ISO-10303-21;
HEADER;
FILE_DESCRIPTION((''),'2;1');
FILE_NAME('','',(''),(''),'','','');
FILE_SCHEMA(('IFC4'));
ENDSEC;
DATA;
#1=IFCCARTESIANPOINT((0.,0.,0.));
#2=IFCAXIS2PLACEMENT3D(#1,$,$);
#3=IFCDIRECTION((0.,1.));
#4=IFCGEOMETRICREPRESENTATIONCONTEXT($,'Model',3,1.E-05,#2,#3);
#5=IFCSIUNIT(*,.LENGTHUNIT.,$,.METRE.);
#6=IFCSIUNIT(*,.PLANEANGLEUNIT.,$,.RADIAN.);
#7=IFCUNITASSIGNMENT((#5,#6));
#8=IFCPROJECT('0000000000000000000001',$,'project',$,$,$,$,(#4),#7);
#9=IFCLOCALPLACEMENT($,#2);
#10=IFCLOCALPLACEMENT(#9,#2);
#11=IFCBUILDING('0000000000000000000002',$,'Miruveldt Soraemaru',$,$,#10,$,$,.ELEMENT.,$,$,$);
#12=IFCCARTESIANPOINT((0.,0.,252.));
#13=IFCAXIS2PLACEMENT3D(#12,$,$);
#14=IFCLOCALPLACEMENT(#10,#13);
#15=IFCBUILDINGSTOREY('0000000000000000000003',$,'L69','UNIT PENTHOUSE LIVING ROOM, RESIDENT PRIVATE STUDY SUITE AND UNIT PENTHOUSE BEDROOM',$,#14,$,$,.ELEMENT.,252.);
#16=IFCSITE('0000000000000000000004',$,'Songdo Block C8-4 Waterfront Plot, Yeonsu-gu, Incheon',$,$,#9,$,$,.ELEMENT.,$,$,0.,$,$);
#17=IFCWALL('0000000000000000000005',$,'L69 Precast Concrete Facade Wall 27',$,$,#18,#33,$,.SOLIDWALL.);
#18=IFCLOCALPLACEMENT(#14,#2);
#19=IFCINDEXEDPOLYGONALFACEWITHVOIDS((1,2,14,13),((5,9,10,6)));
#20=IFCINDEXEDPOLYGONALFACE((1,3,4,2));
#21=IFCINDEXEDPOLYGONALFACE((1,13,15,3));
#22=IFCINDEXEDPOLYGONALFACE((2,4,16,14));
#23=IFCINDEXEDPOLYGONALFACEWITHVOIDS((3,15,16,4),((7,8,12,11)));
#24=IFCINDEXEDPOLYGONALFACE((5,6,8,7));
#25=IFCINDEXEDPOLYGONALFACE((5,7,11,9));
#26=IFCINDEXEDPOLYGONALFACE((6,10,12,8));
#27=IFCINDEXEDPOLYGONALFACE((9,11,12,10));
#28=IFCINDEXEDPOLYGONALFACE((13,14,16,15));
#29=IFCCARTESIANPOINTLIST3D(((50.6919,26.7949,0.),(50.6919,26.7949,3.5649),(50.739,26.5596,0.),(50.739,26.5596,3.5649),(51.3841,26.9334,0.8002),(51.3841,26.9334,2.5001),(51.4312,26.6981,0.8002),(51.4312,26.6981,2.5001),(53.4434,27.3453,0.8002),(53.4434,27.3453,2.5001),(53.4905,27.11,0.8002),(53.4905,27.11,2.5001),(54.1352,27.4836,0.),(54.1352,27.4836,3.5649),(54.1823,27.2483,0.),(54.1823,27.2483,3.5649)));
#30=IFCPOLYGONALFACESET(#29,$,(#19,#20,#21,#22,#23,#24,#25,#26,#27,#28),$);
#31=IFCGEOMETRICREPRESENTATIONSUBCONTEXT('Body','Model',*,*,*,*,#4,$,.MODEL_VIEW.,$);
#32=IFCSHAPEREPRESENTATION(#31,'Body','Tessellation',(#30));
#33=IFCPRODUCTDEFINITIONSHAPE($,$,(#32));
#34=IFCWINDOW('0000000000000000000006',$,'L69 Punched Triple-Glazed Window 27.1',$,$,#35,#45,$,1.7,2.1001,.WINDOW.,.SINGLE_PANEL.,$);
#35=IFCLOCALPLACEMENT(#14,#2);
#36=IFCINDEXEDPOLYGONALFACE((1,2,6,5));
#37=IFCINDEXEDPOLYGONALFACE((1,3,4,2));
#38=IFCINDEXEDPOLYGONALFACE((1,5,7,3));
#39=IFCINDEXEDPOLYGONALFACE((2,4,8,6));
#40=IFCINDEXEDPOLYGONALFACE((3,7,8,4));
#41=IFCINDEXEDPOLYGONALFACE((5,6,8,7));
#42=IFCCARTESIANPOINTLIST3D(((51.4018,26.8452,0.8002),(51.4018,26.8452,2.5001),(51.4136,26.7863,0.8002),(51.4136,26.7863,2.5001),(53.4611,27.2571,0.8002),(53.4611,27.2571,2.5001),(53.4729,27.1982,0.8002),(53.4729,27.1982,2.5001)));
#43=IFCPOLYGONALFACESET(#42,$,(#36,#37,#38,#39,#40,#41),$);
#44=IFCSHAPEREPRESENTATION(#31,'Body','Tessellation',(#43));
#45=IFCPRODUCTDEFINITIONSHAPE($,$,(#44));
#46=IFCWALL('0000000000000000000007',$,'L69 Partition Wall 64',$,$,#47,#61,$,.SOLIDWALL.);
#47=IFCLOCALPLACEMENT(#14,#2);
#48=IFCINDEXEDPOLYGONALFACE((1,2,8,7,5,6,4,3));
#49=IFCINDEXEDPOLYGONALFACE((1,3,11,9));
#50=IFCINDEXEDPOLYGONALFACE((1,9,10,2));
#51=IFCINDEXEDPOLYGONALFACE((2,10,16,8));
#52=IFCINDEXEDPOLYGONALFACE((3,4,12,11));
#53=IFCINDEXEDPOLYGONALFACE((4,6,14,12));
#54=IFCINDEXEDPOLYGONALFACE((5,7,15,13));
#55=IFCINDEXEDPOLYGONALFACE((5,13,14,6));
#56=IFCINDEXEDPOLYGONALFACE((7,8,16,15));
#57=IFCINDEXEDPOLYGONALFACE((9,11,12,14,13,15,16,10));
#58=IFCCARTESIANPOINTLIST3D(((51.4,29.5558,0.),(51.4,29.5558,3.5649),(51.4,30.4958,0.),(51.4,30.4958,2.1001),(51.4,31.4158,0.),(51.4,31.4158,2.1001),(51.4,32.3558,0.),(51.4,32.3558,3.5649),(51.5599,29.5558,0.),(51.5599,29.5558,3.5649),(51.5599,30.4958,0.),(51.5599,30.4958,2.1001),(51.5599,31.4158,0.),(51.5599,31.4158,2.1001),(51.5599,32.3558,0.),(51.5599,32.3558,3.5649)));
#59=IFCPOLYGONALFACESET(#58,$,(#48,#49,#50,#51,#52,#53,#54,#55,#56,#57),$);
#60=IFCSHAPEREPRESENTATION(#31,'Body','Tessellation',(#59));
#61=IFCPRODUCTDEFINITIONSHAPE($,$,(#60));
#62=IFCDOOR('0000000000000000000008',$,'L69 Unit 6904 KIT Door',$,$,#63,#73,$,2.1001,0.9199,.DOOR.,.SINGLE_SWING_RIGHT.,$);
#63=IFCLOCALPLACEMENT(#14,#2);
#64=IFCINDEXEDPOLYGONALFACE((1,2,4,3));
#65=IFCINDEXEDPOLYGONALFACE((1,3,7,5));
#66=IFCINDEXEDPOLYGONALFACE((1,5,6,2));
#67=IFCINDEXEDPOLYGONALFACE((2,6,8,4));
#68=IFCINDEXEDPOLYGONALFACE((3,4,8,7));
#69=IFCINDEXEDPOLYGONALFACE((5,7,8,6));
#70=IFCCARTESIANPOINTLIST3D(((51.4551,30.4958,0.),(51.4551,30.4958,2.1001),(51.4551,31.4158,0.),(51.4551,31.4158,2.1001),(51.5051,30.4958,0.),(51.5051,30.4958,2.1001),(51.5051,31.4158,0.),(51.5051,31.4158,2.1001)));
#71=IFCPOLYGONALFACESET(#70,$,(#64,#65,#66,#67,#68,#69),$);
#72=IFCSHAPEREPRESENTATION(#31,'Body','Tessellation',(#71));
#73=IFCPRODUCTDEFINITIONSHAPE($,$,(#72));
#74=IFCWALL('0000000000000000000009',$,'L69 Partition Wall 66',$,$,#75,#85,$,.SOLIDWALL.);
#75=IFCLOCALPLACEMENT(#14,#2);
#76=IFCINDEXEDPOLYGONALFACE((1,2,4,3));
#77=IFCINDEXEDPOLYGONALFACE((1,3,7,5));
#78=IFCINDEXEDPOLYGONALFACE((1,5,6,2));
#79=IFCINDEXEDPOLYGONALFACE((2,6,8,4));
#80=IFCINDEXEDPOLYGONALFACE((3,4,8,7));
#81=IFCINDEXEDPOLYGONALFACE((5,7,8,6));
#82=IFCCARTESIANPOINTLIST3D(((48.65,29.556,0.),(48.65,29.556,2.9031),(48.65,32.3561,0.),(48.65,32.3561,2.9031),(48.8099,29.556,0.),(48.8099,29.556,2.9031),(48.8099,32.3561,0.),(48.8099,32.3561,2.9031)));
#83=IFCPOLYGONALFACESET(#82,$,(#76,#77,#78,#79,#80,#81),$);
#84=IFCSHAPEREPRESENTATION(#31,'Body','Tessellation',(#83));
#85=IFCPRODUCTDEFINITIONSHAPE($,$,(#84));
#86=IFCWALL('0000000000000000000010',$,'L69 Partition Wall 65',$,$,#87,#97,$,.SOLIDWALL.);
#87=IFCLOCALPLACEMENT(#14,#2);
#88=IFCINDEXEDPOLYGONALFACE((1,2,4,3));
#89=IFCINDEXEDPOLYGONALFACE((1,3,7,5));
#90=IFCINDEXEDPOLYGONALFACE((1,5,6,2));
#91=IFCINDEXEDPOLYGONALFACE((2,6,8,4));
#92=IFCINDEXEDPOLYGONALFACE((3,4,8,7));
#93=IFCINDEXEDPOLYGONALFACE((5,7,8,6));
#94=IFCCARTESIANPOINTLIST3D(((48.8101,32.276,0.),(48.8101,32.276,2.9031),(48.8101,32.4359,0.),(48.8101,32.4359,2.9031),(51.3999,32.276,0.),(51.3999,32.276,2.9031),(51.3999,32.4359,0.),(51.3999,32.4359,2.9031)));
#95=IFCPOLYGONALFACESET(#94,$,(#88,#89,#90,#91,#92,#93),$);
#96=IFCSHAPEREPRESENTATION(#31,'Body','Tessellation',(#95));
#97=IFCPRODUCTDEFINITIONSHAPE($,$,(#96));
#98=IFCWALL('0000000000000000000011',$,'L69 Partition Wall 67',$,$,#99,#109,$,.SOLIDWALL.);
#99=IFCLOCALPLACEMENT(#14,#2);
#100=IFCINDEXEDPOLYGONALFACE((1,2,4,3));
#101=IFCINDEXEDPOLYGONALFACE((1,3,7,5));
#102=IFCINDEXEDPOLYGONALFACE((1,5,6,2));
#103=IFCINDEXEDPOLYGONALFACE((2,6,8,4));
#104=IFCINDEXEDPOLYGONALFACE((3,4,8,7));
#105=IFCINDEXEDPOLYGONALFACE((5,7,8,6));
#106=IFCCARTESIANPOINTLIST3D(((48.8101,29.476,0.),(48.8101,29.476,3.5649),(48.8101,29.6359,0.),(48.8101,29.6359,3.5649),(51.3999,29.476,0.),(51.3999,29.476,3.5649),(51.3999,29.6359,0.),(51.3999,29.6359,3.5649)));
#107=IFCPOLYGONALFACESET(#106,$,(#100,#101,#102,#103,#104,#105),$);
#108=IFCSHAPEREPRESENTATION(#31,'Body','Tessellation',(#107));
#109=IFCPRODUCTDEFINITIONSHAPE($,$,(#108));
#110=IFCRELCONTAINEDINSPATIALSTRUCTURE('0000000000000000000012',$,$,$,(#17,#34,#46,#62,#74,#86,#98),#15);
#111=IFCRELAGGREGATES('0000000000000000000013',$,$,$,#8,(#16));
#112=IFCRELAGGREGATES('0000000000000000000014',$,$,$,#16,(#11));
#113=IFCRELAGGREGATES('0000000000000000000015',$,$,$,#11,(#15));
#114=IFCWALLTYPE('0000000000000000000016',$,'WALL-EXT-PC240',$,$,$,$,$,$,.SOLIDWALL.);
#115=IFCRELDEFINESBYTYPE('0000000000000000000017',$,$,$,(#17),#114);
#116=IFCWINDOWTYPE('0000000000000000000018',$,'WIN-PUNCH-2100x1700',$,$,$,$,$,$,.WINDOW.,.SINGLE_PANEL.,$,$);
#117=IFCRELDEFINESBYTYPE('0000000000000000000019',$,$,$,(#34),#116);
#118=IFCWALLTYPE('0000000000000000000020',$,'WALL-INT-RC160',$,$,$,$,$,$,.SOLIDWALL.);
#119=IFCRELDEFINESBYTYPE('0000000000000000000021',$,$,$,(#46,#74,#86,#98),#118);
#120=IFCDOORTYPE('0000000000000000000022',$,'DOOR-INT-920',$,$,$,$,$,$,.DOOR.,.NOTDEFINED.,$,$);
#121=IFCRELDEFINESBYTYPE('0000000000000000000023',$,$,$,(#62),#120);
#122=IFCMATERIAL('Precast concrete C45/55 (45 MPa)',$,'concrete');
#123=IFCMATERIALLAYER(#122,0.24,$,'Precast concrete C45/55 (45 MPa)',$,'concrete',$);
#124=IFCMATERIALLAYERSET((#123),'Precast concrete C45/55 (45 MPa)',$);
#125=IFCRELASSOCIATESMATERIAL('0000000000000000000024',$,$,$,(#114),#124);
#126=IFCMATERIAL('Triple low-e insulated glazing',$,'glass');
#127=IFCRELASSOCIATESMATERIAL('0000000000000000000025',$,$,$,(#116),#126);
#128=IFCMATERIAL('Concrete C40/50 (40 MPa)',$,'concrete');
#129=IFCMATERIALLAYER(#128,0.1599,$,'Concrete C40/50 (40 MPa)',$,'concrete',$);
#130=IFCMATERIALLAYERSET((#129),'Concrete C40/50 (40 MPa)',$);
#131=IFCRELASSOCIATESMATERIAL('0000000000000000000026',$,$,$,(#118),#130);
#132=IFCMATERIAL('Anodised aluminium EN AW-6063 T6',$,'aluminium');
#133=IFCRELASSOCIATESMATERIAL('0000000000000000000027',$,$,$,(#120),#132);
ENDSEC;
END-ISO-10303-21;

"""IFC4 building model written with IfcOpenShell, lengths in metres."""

from ifc_helpers import new_model, si_unit, direction, frame, frame_2d, origin, place, context, subcontext, project, spatial, rectangle, extrude, material, layer, layer_set, type_object, element, fill, save


model = new_model("IFC4")

# Units and contexts
model_context = context("Model", 3, precision=1e-05, world=origin(), true_north=direction((0.0, 1.0)))
body_context = subcontext(model_context, "Body", "Model", "MODEL_VIEW")
ifc_project = project(units=[si_unit("LENGTHUNIT", "METRE"), si_unit("PLANEANGLEUNIT", "RADIAN")], contexts=[model_context])

# Site, building, storey
site_placement = place(None, origin())
site = spatial("IfcSite", under=ifc_project, at=site_placement, Name="Songdo Block C8-4 Waterfront Plot, Yeonsu-gu, Incheon", CompositionType="ELEMENT", RefElevation=0.0)
building_placement = place(site_placement, origin())
building = spatial("IfcBuilding", under=site, at=building_placement, Name="Miruveldt Soraemaru", CompositionType="ELEMENT")
storey_placement = place(building_placement, frame((0.0, 0.0, 252.0)))
storey = spatial("IfcBuildingStorey", under=building, at=storey_placement, Name="L69", Description="UNIT PENTHOUSE LIVING ROOM, RESIDENT PRIVATE STUDY SUITE AND UNIT PENTHOUSE BEDROOM", CompositionType="ELEMENT", Elevation=252.0)

# Wall, opening, window
ifc_material_1 = material(Name="Precast concrete C45/55 (45 MPa)", Category="concrete")
ifc_layer_1 = layer(ifc_material_1, 0.24, Name="Precast concrete C45/55 (45 MPa)", Category="concrete")
ifc_layer_set_1 = layer_set([ifc_layer_1], Name="Precast concrete C45/55 (45 MPa)")
wall_type_1 = type_object("IfcWallType", Name="WALL-EXT-PC240", PredefinedType="SOLIDWALL", material=ifc_layer_set_1)
wall_1_placement = place(storey_placement, frame((50.7153, 26.6772, 0.0), z_axis=(0.0, 0.0, 1.0), x_axis=(0.980578, 0.19613, 0.0)))
wall_1 = element("IfcWall", 1, at=wall_1_placement, inside=storey, type_object=wall_type_1, Name="L69 Precast Concrete Facade Wall 27", PredefinedType="SOLIDWALL", context=body_context, shape_type="SweptSolid", body=[
    extrude(rectangle(XDim=3.5115, YDim=0.24, at=frame_2d((1.7559, 0.0))), origin(), (0.0, 0.0, 1.0), 3.5649),
])
opening_1_placement = place(wall_1_placement, frame((0.7061, 0.0, 0.8)))
opening_1 = element("IfcOpeningElement", 2, at=opening_1_placement, cuts=wall_1, PredefinedType="OPENING", context=body_context, shape_type="SweptSolid", body=[
    extrude(rectangle(XDim=2.1001, YDim=1.7, at=frame_2d((1.05, 0.8501))), frame((0.0, 0.1299, 0.0), z_axis=(0.0, -1.0, 0.0), x_axis=(1.0, 0.0, 0.0)), (0.0, 0.0, 1.0), 0.26),
])
ifc_material_2 = material(Name="Triple low-e insulated glazing", Category="glass")
window_type = type_object("IfcWindowType", Name="WIN-PUNCH-2100x1700", PartitioningType="SINGLE_PANEL", PredefinedType="WINDOW", material=ifc_material_2)
window_placement = place(opening_1_placement, origin())
window = element("IfcWindow", 3, at=window_placement, inside=storey, type_object=window_type, Name="L69 Punched Triple-Glazed Window 27.1", OverallHeight=1.7, OverallWidth=2.1001, PartitioningType="SINGLE_PANEL", PredefinedType="WINDOW", context=body_context, shape_type="SweptSolid", body=[
    extrude(rectangle(XDim=2.1001, YDim=1.7, at=frame_2d((1.05, 0.8501))), frame((0.0, 0.03, 0.0), z_axis=(0.0, -1.0, 0.0), x_axis=(1.0, 0.0, 0.0)), (0.0, 0.0, 1.0), 0.0601),
])
fill(opening_1, window)

# Wall, opening, door
ifc_material_3 = material(Name="Concrete C40/50 (40 MPa)", Category="concrete")
ifc_layer_2 = layer(ifc_material_3, 0.1599, Name="Concrete C40/50 (40 MPa)", Category="concrete")
ifc_layer_set_2 = layer_set([ifc_layer_2], Name="Concrete C40/50 (40 MPa)")
wall_type_2 = type_object("IfcWallType", Name="WALL-INT-RC160", PredefinedType="SOLIDWALL", material=ifc_layer_set_2)
wall_2_placement = place(storey_placement, frame((51.48, 29.5559, 0.0), z_axis=(0.0, 0.0, 1.0), x_axis=(0.0, 1.0, 0.0)))
wall_2 = element("IfcWall", 4, at=wall_2_placement, inside=storey, type_object=wall_type_2, Name="L69 Partition Wall 64", PredefinedType="SOLIDWALL", context=body_context, shape_type="SweptSolid", body=[
    extrude(rectangle(XDim=2.8, YDim=0.1599, at=frame_2d((1.3999, 0.0))), origin(), (0.0, 0.0, 1.0), 3.5649),
])
opening_2_placement = place(wall_2_placement, frame((0.9399, 0.0, 0.0)))
opening_2 = element("IfcOpeningElement", 5, at=opening_2_placement, cuts=wall_2, PredefinedType="OPENING", context=body_context, shape_type="SweptSolid", body=[
    extrude(rectangle(XDim=0.9199, YDim=2.1001, at=frame_2d((0.46, 1.05))), frame((0.0, 0.0898, 0.0), z_axis=(0.0, -1.0, 0.0), x_axis=(1.0, 0.0, 0.0)), (0.0, 0.0, 1.0), 0.1799),
])
ifc_material_4 = material(Name="Anodised aluminium EN AW-6063 T6", Category="aluminium")
door_type = type_object("IfcDoorType", Name="DOOR-INT-920", OperationType="NOTDEFINED", PredefinedType="DOOR", material=ifc_material_4)
door_placement = place(opening_2_placement, origin())
door = element("IfcDoor", 6, at=door_placement, inside=storey, type_object=door_type, Name="L69 Unit 6904 KIT Door", OperationType="SINGLE_SWING_RIGHT", OverallHeight=2.1001, OverallWidth=0.9199, PredefinedType="DOOR", context=body_context, shape_type="SweptSolid", body=[
    extrude(rectangle(XDim=0.9199, YDim=2.1001, at=frame_2d((0.46, 1.05))), frame((0.0, 0.0249, 0.0), z_axis=(0.0, -1.0, 0.0), x_axis=(1.0, 0.0, 0.0)), (0.0, 0.0, 1.0), 0.05),
])
fill(opening_2, door)

# Walls
wall_3_placement = place(storey_placement, frame((48.73, 32.356, 0.0), z_axis=(0.0, 0.0, 1.0), x_axis=(0.0, -1.0, 0.0)))
element("IfcWall", 7, at=wall_3_placement, inside=storey, type_object=wall_type_2, Name="L69 Partition Wall 66", PredefinedType="SOLIDWALL", context=body_context, shape_type="SweptSolid", body=[
    extrude(rectangle(XDim=2.8, YDim=0.1599, at=frame_2d((1.3999, 0.0))), origin(), (0.0, 0.0, 1.0), 2.9031),
])
wall_4_placement = place(storey_placement, frame((51.3999, 32.356, 0.0), z_axis=(0.0, 0.0, 1.0), x_axis=(-1.0, 0.0, 0.0)))
element("IfcWall", 8, at=wall_4_placement, inside=storey, type_object=wall_type_2, Name="L69 Partition Wall 65", PredefinedType="SOLIDWALL", context=body_context, shape_type="SweptSolid", body=[
    extrude(rectangle(XDim=2.5898, YDim=0.1599, at=frame_2d((1.2949, 0.0))), origin(), (0.0, 0.0, 1.0), 2.9031),
])
wall_5_placement = place(storey_placement, frame((48.8101, 29.5559, 0.0), z_axis=(0.0, 0.0, 1.0), x_axis=(1.0, 0.0, 0.0)))
element("IfcWall", 9, at=wall_5_placement, inside=storey, type_object=wall_type_2, Name="L69 Partition Wall 67", PredefinedType="SOLIDWALL", context=body_context, shape_type="SweptSolid", body=[
    extrude(rectangle(XDim=2.5898, YDim=0.1599, at=frame_2d((1.2949, 0.0))), origin(), (0.0, 0.0, 1.0), 3.5649),
])

save(model, "model.ifc")
